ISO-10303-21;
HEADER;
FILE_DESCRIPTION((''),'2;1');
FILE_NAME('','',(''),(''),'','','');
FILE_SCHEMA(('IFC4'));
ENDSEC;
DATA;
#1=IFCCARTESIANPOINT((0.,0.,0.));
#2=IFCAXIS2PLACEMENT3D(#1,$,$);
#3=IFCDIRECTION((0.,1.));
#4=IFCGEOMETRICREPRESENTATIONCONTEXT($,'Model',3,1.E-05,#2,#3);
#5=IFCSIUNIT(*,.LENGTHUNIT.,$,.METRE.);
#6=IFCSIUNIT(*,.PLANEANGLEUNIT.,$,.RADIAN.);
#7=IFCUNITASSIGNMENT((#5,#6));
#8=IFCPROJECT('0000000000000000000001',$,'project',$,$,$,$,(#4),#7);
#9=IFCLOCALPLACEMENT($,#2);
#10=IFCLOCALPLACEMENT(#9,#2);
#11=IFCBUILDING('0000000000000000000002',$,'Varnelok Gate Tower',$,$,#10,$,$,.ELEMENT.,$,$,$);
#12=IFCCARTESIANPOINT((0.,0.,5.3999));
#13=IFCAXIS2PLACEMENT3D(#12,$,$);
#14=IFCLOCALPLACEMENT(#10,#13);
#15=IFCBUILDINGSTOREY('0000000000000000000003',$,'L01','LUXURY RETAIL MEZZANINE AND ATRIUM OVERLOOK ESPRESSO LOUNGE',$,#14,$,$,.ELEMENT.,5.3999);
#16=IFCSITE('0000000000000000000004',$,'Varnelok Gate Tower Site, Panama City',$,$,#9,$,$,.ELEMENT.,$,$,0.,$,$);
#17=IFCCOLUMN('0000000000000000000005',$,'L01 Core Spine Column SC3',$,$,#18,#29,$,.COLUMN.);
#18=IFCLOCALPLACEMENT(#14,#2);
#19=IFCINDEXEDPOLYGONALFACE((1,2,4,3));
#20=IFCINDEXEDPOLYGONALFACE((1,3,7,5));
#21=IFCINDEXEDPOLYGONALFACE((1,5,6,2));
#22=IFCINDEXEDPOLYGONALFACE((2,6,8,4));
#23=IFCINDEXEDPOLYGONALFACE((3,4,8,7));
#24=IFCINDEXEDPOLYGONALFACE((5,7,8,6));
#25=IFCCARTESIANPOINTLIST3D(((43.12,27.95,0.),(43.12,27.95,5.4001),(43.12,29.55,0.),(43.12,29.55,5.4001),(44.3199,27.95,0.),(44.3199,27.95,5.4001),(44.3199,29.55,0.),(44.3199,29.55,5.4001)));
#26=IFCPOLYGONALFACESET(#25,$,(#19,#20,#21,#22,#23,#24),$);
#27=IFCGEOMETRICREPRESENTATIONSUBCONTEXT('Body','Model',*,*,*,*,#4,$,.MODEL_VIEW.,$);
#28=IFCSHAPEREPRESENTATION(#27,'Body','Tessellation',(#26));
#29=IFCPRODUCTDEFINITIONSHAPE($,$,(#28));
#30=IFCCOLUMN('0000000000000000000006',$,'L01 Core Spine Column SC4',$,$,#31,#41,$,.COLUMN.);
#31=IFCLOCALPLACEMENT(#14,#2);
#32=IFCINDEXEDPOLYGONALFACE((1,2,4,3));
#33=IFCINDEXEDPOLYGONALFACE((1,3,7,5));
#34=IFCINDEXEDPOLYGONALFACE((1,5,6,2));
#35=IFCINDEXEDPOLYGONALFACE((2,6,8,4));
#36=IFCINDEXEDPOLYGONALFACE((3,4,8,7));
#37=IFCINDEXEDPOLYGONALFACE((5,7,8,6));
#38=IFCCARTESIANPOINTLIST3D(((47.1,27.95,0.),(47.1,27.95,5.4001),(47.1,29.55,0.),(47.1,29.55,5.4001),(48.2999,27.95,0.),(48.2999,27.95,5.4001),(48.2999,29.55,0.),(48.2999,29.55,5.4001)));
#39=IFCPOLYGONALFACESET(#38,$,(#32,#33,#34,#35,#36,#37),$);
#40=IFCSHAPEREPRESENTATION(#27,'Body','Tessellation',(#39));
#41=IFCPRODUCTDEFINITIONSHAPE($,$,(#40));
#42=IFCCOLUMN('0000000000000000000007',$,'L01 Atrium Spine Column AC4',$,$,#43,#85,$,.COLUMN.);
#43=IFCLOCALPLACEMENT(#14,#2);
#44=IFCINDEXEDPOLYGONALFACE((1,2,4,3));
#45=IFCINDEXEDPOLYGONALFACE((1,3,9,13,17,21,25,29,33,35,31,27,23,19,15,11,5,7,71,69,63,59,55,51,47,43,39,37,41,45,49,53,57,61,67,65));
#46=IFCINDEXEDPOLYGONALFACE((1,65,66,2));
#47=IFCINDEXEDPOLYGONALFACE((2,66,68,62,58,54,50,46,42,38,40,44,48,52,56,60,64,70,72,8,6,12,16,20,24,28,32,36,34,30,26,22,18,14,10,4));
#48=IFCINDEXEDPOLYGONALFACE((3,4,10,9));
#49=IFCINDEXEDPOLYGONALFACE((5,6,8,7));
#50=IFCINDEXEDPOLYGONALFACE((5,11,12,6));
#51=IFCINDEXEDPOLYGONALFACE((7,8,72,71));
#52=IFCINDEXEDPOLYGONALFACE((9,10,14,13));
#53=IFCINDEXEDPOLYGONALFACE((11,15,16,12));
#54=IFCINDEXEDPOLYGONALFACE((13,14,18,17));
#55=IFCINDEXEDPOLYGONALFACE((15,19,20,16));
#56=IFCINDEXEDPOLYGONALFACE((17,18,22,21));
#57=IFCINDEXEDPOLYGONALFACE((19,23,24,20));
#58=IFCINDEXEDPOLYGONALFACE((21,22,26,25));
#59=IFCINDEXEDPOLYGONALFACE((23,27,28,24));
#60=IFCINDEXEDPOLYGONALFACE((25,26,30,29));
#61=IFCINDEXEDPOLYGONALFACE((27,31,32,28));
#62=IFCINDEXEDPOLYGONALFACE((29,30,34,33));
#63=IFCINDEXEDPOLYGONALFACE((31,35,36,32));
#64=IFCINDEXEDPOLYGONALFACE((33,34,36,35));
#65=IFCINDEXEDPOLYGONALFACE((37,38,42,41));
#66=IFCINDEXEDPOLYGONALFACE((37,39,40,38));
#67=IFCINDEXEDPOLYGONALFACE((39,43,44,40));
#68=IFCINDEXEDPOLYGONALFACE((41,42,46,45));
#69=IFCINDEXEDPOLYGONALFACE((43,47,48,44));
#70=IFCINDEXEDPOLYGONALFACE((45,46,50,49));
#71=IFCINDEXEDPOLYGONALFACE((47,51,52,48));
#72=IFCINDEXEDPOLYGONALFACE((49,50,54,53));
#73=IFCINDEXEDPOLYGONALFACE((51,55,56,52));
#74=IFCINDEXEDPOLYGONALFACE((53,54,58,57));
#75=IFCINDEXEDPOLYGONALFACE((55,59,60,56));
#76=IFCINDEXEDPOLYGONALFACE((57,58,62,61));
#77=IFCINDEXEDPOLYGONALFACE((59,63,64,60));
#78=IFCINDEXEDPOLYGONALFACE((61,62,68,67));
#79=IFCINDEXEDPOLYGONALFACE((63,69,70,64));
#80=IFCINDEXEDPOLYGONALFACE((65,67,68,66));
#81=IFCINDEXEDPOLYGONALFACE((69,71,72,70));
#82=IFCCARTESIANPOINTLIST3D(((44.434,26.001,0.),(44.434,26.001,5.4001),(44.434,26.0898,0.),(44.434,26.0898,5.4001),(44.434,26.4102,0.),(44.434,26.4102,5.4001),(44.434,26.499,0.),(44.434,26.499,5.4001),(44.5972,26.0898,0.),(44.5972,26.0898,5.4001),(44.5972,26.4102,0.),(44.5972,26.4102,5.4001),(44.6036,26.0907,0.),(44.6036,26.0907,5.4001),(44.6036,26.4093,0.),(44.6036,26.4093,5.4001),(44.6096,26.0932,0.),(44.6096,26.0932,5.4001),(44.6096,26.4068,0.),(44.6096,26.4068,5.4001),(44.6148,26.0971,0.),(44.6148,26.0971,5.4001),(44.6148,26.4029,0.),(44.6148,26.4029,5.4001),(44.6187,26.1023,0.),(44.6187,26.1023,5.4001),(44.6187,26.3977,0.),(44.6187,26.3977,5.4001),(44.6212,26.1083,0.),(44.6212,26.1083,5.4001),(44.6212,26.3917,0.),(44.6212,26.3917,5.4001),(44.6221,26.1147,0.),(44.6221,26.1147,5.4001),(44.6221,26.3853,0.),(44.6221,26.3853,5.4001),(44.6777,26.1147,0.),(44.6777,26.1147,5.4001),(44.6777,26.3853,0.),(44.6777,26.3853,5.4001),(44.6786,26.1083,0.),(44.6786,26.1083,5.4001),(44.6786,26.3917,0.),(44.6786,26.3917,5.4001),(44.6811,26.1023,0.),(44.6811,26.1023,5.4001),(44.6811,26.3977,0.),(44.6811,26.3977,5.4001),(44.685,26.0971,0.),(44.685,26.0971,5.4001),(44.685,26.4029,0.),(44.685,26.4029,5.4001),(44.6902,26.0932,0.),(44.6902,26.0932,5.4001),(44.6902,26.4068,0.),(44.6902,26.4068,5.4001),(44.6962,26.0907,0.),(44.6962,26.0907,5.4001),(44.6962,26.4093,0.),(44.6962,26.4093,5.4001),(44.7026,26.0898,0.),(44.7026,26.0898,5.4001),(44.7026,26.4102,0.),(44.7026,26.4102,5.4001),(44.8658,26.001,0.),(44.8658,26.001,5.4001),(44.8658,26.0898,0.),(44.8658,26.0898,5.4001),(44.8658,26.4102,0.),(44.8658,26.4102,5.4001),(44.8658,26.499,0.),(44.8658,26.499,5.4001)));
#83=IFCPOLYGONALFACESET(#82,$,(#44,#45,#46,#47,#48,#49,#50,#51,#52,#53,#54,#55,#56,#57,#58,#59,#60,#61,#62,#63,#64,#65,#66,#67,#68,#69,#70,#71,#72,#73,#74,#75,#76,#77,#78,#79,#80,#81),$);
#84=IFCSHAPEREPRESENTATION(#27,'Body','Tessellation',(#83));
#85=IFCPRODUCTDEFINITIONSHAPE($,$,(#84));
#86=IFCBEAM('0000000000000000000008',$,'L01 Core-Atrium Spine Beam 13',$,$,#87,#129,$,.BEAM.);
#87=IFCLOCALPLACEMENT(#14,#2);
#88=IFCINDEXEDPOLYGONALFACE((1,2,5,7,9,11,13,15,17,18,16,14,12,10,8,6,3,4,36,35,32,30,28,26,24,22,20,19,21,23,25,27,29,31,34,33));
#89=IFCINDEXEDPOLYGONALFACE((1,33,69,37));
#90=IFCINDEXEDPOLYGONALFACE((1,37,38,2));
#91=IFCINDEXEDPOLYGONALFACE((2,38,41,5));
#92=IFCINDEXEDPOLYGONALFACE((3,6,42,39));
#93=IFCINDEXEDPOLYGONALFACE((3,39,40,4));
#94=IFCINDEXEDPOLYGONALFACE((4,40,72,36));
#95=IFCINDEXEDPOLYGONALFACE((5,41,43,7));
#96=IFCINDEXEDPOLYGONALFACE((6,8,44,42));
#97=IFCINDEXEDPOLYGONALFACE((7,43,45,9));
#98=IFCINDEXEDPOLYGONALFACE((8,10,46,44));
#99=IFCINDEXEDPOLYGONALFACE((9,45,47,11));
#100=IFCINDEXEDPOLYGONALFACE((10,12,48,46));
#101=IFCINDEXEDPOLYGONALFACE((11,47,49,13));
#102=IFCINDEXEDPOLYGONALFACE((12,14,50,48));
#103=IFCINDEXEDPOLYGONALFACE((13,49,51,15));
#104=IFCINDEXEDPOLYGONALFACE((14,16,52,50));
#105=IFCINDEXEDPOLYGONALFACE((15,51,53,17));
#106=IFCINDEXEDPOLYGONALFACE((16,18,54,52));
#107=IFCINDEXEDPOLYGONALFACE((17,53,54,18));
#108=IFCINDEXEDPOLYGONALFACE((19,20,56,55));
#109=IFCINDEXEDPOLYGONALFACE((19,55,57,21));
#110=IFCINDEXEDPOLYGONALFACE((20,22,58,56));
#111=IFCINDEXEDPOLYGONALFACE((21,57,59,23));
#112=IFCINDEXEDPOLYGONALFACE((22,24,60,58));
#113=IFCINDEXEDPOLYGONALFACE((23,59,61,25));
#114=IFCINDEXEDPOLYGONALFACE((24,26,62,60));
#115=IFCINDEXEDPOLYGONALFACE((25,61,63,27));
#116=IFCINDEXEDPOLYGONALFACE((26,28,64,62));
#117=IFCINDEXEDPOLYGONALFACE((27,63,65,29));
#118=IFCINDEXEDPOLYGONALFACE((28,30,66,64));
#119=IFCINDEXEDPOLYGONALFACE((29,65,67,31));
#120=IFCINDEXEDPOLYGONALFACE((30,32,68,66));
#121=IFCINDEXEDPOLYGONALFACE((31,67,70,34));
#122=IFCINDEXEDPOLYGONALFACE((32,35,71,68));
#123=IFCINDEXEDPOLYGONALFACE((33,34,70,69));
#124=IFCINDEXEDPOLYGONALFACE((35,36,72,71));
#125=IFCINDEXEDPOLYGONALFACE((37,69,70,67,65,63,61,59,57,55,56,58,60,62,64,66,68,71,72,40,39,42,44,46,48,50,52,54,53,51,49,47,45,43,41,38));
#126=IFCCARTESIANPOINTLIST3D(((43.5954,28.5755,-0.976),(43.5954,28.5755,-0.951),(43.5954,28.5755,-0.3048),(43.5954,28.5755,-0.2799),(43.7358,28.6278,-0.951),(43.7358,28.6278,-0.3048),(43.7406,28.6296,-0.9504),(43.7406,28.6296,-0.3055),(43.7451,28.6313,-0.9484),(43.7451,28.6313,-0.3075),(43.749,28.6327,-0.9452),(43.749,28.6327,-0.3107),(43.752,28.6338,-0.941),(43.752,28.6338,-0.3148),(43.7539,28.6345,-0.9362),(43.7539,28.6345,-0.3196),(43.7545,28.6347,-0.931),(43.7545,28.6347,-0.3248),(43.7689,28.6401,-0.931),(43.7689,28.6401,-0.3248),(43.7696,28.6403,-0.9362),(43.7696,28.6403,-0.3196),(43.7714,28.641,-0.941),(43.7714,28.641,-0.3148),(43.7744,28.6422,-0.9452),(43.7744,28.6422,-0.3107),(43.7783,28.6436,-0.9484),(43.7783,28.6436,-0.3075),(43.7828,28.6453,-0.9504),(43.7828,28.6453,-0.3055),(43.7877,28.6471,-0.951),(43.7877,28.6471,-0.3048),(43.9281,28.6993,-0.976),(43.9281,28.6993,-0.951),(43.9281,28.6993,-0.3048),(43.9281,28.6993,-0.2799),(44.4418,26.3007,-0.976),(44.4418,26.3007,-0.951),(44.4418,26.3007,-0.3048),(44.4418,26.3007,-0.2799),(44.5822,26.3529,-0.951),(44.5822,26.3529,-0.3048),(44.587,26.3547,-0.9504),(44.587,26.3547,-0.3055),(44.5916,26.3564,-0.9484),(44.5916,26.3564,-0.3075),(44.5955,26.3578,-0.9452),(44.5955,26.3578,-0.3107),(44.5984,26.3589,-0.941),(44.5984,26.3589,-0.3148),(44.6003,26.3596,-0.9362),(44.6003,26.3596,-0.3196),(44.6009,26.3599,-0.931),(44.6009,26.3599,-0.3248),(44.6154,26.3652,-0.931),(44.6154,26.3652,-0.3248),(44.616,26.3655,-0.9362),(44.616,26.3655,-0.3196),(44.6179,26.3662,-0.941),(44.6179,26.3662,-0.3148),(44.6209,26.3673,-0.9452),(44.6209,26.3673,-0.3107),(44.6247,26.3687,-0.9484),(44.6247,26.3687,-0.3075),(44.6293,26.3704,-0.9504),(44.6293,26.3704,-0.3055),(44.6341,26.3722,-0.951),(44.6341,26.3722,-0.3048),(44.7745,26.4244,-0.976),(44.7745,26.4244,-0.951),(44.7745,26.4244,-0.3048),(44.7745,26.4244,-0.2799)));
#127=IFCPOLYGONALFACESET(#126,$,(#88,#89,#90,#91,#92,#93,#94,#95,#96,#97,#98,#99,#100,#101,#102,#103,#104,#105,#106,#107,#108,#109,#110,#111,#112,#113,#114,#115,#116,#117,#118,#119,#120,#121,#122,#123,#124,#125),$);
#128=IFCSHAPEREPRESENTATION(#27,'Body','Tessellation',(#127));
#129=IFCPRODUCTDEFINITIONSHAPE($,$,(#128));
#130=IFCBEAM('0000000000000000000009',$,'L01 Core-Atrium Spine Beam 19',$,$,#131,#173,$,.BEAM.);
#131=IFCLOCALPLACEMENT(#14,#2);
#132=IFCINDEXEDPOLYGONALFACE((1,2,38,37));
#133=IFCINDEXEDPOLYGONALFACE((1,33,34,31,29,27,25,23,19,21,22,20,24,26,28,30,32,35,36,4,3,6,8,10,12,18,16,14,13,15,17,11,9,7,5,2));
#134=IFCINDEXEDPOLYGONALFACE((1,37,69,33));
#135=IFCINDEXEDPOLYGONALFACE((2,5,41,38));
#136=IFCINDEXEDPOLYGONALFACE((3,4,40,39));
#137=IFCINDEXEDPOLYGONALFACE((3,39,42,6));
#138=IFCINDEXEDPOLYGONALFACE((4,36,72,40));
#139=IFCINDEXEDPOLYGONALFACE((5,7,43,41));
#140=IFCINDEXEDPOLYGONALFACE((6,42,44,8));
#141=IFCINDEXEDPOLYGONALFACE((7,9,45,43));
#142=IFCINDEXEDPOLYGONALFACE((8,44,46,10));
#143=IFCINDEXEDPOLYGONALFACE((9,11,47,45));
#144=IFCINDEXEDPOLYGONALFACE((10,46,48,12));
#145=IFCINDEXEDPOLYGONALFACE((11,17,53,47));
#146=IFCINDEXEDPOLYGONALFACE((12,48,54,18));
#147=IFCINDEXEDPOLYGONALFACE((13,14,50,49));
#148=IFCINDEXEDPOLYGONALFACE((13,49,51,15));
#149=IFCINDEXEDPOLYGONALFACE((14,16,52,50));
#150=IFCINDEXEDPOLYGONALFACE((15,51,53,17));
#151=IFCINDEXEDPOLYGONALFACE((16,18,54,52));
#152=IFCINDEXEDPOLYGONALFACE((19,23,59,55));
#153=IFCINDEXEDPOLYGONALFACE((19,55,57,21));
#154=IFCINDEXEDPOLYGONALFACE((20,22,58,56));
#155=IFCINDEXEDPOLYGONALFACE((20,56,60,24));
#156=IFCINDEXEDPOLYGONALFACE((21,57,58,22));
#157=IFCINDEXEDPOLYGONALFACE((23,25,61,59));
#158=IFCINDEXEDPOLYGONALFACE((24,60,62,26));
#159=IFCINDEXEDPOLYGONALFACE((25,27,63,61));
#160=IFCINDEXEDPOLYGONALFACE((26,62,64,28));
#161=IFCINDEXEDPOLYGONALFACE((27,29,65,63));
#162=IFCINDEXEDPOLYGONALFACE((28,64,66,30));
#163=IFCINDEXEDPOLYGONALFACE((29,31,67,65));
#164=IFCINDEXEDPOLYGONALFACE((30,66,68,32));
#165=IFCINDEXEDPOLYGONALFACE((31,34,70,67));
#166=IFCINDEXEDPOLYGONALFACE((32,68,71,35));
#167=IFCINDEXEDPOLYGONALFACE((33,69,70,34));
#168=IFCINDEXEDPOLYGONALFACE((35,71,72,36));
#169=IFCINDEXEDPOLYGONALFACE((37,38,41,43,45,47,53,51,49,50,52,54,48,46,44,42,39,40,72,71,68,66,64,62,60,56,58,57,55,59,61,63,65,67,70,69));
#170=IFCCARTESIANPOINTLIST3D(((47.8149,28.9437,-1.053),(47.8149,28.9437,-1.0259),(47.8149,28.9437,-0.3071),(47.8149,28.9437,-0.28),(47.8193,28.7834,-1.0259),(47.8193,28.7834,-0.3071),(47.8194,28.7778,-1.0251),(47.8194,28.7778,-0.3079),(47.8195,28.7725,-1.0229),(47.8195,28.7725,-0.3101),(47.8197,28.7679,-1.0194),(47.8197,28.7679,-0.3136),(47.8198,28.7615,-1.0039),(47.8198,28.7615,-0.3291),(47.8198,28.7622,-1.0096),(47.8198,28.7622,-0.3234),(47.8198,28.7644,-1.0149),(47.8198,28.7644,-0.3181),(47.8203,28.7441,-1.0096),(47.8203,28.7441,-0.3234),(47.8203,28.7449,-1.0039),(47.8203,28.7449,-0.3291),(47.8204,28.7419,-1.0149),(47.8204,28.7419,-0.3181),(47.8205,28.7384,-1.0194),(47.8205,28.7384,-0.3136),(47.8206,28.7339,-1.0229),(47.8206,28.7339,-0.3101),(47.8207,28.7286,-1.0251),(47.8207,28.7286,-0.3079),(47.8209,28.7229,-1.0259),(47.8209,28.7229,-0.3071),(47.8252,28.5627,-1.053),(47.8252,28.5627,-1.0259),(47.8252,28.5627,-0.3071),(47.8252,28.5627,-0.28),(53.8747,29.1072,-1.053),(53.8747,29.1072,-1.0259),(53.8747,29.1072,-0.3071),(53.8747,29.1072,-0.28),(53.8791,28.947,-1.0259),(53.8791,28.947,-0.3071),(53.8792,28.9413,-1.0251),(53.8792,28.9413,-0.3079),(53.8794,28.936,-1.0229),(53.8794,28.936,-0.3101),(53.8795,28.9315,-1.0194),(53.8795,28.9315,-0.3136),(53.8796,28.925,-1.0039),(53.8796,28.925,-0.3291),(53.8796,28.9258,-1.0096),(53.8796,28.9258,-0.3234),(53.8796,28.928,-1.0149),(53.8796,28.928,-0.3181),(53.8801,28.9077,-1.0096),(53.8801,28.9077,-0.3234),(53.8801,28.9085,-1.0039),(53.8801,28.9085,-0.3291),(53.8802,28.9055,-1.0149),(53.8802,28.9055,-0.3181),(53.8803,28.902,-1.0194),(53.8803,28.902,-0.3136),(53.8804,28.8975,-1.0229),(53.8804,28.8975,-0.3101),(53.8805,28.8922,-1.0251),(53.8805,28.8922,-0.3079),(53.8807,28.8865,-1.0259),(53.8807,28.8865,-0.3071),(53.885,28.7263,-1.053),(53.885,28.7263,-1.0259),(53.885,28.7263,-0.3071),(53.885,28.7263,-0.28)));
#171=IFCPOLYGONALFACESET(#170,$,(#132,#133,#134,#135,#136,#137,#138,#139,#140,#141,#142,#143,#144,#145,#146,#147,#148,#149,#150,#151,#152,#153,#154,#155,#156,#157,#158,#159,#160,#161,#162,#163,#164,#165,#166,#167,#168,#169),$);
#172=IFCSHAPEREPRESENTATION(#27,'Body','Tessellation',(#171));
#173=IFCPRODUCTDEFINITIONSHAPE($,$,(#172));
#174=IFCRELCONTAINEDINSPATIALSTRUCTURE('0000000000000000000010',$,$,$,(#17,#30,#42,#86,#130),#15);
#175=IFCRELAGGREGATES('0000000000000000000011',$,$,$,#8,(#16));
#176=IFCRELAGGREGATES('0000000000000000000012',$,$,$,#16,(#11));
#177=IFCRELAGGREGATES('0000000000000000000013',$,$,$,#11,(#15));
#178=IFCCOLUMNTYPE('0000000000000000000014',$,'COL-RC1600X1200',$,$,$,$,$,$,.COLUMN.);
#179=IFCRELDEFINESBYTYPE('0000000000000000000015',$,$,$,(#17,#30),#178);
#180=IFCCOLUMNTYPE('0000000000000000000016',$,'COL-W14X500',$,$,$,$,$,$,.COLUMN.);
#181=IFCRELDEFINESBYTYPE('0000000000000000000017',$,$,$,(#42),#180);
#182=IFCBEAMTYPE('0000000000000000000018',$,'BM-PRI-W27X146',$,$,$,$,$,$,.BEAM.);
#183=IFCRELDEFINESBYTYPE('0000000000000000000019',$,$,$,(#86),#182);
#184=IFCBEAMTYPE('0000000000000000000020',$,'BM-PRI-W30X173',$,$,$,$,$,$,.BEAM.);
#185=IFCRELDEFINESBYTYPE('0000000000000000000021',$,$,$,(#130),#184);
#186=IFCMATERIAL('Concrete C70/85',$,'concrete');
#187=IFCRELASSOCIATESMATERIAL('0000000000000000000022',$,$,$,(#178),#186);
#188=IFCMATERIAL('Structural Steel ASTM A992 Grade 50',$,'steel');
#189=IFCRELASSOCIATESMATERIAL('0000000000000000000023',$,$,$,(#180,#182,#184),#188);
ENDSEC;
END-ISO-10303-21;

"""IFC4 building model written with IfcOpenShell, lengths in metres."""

from ifc_helpers import new_model, si_unit, direction, frame, origin, origin_2d, place, context, subcontext, project, spatial, rectangle, i_section, extrude, material, material_profile, profile_set, type_object, element, save


model = new_model("IFC4")

# Units and contexts
model_context = context("Model", 3, precision=1e-05, world=origin(), true_north=direction((0.0, 1.0)))
body_context = subcontext(model_context, "Body", "Model", "MODEL_VIEW")
ifc_project = project(units=[si_unit("LENGTHUNIT", "METRE"), si_unit("PLANEANGLEUNIT", "RADIAN")], contexts=[model_context])

# Site, building, storey
site_placement = place(None, origin())
site = spatial("IfcSite", under=ifc_project, at=site_placement, Name="Varnelok Gate Tower Site, Panama City", CompositionType="ELEMENT", RefElevation=0.0)
building_placement = place(site_placement, origin())
building = spatial("IfcBuilding", under=site, at=building_placement, Name="Varnelok Gate Tower", CompositionType="ELEMENT")
storey_placement = place(building_placement, frame((0.0, 0.0, 5.3999)))
storey = spatial("IfcBuildingStorey", under=building, at=storey_placement, Name="L01", Description="LUXURY RETAIL MEZZANINE AND ATRIUM OVERLOOK ESPRESSO LOUNGE", CompositionType="ELEMENT", Elevation=5.3999)

# Columns
ifc_material_1 = material(Name="Concrete C70/85", Category="concrete")
ifc_material_profile_1 = material_profile(ifc_material_1, rectangle(XDim=1.2, YDim=1.6001, at=origin_2d()), Name="RC1600X1200")
ifc_profile_set_1 = profile_set([ifc_material_profile_1], Name="Concrete C70/85")
column_type_1 = type_object("IfcColumnType", Name="COL-RC1600X1200", PredefinedType="COLUMN", material=ifc_profile_set_1)
for number, where, z_axis, x_axis, name in (
    (1, (43.72, 28.75, 0.0), (0.0, 0.0, 1.0), (1.0, 0.0, 0.0), "L01 Core Spine Column SC3"),
    (2, (47.7, 28.75, 0.0), (0.0, 0.0, 1.0), (1.0, 0.0, 0.0), "L01 Core Spine Column SC4"),
):
    element("IfcColumn", number, at=place(storey_placement, frame(where, z_axis=z_axis, x_axis=x_axis)), inside=storey, type_object=column_type_1, Name=name, PredefinedType="COLUMN", context=body_context, shape_type="SweptSolid", body=[
        extrude(rectangle(XDim=1.2, YDim=1.6001, at=origin_2d()), origin(), (0.0, 0.0, 1.0), 5.4001),
    ])
ifc_material_2 = material(Name="Structural Steel ASTM A992 Grade 50", Category="steel")
ifc_material_profile_2 = material_profile(ifc_material_2, i_section(OverallWidth=0.4319, OverallDepth=0.498, WebThickness=0.0557, FlangeThickness=0.0889, FilletRadius=0.0249, at=origin_2d()), Name="W14X500")
ifc_profile_set_2 = profile_set([ifc_material_profile_2], Name="Structural Steel ASTM A992 Grade 50")
column_type_2 = type_object("IfcColumnType", Name="COL-W14X500", PredefinedType="COLUMN", material=ifc_profile_set_2)
column_placement = place(storey_placement, frame((44.6499, 26.25, 0.0), z_axis=(0.0, 0.0, 1.0), x_axis=(1.0, 0.0, 0.0)))
element("IfcColumn", 3, at=column_placement, inside=storey, type_object=column_type_2, Name="L01 Atrium Spine Column AC4", PredefinedType="COLUMN", context=body_context, shape_type="SweptSolid", body=[
    extrude(i_section(OverallWidth=0.4319, OverallDepth=0.498, WebThickness=0.0557, FlangeThickness=0.0889, FilletRadius=0.0249, at=origin_2d()), origin(), (0.0, 0.0, 1.0), 5.4001),
])

# Beams
ifc_material_profile_3 = material_profile(ifc_material_2, i_section(OverallWidth=0.355, OverallDepth=0.696, WebThickness=0.0154, FlangeThickness=0.0249, FilletRadius=0.02, at=origin_2d()), Name="W27X146")
ifc_profile_set_3 = profile_set([ifc_material_profile_3], Name="Structural Steel ASTM A992 Grade 50")
beam_type_1 = type_object("IfcBeamType", Name="BM-PRI-W27X146", PredefinedType="BEAM", material=ifc_profile_set_3)
beam_1_placement = place(storey_placement, frame((44.6082, 26.3625, -0.6279), z_axis=(-0.348719, 0.937227, 0.0), x_axis=(-0.937227, -0.348719, 0.0)))
element("IfcBeam", 4, at=beam_1_placement, inside=storey, type_object=beam_type_1, Name="L01 Core-Atrium Spine Beam 13", PredefinedType="BEAM", context=body_context, shape_type="SweptSolid", body=[
    extrude(i_section(OverallWidth=0.355, OverallDepth=0.696, WebThickness=0.0154, FlangeThickness=0.0249, FilletRadius=0.02, at=origin_2d()), origin(), (0.0, 0.0, 1.0), 2.4272),
])
ifc_material_profile_4 = material_profile(ifc_material_2, i_section(OverallWidth=0.3811, OverallDepth=0.7729, WebThickness=0.0166, FlangeThickness=0.0271, FilletRadius=0.022, at=origin_2d()), Name="W30X173")
ifc_profile_set_4 = profile_set([ifc_material_profile_4], Name="Structural Steel ASTM A992 Grade 50")
beam_type_2 = type_object("IfcBeamType", Name="BM-PRI-W30X173", PredefinedType="BEAM", material=ifc_profile_set_4)
beam_2_placement = place(storey_placement, frame((47.8201, 28.7532, -0.6665), z_axis=(0.999636, 0.026983, 0.0), x_axis=(-0.026983, 0.999636, 0.0)))
element("IfcBeam", 5, at=beam_2_placement, inside=storey, type_object=beam_type_2, Name="L01 Core-Atrium Spine Beam 19", PredefinedType="BEAM", context=body_context, shape_type="SweptSolid", body=[
    extrude(i_section(OverallWidth=0.3811, OverallDepth=0.7729, WebThickness=0.0166, FlangeThickness=0.0271, FilletRadius=0.022, at=origin_2d()), origin(), (0.0, 0.0, 1.0), 6.062),
])

save(model, "model.ifc")
